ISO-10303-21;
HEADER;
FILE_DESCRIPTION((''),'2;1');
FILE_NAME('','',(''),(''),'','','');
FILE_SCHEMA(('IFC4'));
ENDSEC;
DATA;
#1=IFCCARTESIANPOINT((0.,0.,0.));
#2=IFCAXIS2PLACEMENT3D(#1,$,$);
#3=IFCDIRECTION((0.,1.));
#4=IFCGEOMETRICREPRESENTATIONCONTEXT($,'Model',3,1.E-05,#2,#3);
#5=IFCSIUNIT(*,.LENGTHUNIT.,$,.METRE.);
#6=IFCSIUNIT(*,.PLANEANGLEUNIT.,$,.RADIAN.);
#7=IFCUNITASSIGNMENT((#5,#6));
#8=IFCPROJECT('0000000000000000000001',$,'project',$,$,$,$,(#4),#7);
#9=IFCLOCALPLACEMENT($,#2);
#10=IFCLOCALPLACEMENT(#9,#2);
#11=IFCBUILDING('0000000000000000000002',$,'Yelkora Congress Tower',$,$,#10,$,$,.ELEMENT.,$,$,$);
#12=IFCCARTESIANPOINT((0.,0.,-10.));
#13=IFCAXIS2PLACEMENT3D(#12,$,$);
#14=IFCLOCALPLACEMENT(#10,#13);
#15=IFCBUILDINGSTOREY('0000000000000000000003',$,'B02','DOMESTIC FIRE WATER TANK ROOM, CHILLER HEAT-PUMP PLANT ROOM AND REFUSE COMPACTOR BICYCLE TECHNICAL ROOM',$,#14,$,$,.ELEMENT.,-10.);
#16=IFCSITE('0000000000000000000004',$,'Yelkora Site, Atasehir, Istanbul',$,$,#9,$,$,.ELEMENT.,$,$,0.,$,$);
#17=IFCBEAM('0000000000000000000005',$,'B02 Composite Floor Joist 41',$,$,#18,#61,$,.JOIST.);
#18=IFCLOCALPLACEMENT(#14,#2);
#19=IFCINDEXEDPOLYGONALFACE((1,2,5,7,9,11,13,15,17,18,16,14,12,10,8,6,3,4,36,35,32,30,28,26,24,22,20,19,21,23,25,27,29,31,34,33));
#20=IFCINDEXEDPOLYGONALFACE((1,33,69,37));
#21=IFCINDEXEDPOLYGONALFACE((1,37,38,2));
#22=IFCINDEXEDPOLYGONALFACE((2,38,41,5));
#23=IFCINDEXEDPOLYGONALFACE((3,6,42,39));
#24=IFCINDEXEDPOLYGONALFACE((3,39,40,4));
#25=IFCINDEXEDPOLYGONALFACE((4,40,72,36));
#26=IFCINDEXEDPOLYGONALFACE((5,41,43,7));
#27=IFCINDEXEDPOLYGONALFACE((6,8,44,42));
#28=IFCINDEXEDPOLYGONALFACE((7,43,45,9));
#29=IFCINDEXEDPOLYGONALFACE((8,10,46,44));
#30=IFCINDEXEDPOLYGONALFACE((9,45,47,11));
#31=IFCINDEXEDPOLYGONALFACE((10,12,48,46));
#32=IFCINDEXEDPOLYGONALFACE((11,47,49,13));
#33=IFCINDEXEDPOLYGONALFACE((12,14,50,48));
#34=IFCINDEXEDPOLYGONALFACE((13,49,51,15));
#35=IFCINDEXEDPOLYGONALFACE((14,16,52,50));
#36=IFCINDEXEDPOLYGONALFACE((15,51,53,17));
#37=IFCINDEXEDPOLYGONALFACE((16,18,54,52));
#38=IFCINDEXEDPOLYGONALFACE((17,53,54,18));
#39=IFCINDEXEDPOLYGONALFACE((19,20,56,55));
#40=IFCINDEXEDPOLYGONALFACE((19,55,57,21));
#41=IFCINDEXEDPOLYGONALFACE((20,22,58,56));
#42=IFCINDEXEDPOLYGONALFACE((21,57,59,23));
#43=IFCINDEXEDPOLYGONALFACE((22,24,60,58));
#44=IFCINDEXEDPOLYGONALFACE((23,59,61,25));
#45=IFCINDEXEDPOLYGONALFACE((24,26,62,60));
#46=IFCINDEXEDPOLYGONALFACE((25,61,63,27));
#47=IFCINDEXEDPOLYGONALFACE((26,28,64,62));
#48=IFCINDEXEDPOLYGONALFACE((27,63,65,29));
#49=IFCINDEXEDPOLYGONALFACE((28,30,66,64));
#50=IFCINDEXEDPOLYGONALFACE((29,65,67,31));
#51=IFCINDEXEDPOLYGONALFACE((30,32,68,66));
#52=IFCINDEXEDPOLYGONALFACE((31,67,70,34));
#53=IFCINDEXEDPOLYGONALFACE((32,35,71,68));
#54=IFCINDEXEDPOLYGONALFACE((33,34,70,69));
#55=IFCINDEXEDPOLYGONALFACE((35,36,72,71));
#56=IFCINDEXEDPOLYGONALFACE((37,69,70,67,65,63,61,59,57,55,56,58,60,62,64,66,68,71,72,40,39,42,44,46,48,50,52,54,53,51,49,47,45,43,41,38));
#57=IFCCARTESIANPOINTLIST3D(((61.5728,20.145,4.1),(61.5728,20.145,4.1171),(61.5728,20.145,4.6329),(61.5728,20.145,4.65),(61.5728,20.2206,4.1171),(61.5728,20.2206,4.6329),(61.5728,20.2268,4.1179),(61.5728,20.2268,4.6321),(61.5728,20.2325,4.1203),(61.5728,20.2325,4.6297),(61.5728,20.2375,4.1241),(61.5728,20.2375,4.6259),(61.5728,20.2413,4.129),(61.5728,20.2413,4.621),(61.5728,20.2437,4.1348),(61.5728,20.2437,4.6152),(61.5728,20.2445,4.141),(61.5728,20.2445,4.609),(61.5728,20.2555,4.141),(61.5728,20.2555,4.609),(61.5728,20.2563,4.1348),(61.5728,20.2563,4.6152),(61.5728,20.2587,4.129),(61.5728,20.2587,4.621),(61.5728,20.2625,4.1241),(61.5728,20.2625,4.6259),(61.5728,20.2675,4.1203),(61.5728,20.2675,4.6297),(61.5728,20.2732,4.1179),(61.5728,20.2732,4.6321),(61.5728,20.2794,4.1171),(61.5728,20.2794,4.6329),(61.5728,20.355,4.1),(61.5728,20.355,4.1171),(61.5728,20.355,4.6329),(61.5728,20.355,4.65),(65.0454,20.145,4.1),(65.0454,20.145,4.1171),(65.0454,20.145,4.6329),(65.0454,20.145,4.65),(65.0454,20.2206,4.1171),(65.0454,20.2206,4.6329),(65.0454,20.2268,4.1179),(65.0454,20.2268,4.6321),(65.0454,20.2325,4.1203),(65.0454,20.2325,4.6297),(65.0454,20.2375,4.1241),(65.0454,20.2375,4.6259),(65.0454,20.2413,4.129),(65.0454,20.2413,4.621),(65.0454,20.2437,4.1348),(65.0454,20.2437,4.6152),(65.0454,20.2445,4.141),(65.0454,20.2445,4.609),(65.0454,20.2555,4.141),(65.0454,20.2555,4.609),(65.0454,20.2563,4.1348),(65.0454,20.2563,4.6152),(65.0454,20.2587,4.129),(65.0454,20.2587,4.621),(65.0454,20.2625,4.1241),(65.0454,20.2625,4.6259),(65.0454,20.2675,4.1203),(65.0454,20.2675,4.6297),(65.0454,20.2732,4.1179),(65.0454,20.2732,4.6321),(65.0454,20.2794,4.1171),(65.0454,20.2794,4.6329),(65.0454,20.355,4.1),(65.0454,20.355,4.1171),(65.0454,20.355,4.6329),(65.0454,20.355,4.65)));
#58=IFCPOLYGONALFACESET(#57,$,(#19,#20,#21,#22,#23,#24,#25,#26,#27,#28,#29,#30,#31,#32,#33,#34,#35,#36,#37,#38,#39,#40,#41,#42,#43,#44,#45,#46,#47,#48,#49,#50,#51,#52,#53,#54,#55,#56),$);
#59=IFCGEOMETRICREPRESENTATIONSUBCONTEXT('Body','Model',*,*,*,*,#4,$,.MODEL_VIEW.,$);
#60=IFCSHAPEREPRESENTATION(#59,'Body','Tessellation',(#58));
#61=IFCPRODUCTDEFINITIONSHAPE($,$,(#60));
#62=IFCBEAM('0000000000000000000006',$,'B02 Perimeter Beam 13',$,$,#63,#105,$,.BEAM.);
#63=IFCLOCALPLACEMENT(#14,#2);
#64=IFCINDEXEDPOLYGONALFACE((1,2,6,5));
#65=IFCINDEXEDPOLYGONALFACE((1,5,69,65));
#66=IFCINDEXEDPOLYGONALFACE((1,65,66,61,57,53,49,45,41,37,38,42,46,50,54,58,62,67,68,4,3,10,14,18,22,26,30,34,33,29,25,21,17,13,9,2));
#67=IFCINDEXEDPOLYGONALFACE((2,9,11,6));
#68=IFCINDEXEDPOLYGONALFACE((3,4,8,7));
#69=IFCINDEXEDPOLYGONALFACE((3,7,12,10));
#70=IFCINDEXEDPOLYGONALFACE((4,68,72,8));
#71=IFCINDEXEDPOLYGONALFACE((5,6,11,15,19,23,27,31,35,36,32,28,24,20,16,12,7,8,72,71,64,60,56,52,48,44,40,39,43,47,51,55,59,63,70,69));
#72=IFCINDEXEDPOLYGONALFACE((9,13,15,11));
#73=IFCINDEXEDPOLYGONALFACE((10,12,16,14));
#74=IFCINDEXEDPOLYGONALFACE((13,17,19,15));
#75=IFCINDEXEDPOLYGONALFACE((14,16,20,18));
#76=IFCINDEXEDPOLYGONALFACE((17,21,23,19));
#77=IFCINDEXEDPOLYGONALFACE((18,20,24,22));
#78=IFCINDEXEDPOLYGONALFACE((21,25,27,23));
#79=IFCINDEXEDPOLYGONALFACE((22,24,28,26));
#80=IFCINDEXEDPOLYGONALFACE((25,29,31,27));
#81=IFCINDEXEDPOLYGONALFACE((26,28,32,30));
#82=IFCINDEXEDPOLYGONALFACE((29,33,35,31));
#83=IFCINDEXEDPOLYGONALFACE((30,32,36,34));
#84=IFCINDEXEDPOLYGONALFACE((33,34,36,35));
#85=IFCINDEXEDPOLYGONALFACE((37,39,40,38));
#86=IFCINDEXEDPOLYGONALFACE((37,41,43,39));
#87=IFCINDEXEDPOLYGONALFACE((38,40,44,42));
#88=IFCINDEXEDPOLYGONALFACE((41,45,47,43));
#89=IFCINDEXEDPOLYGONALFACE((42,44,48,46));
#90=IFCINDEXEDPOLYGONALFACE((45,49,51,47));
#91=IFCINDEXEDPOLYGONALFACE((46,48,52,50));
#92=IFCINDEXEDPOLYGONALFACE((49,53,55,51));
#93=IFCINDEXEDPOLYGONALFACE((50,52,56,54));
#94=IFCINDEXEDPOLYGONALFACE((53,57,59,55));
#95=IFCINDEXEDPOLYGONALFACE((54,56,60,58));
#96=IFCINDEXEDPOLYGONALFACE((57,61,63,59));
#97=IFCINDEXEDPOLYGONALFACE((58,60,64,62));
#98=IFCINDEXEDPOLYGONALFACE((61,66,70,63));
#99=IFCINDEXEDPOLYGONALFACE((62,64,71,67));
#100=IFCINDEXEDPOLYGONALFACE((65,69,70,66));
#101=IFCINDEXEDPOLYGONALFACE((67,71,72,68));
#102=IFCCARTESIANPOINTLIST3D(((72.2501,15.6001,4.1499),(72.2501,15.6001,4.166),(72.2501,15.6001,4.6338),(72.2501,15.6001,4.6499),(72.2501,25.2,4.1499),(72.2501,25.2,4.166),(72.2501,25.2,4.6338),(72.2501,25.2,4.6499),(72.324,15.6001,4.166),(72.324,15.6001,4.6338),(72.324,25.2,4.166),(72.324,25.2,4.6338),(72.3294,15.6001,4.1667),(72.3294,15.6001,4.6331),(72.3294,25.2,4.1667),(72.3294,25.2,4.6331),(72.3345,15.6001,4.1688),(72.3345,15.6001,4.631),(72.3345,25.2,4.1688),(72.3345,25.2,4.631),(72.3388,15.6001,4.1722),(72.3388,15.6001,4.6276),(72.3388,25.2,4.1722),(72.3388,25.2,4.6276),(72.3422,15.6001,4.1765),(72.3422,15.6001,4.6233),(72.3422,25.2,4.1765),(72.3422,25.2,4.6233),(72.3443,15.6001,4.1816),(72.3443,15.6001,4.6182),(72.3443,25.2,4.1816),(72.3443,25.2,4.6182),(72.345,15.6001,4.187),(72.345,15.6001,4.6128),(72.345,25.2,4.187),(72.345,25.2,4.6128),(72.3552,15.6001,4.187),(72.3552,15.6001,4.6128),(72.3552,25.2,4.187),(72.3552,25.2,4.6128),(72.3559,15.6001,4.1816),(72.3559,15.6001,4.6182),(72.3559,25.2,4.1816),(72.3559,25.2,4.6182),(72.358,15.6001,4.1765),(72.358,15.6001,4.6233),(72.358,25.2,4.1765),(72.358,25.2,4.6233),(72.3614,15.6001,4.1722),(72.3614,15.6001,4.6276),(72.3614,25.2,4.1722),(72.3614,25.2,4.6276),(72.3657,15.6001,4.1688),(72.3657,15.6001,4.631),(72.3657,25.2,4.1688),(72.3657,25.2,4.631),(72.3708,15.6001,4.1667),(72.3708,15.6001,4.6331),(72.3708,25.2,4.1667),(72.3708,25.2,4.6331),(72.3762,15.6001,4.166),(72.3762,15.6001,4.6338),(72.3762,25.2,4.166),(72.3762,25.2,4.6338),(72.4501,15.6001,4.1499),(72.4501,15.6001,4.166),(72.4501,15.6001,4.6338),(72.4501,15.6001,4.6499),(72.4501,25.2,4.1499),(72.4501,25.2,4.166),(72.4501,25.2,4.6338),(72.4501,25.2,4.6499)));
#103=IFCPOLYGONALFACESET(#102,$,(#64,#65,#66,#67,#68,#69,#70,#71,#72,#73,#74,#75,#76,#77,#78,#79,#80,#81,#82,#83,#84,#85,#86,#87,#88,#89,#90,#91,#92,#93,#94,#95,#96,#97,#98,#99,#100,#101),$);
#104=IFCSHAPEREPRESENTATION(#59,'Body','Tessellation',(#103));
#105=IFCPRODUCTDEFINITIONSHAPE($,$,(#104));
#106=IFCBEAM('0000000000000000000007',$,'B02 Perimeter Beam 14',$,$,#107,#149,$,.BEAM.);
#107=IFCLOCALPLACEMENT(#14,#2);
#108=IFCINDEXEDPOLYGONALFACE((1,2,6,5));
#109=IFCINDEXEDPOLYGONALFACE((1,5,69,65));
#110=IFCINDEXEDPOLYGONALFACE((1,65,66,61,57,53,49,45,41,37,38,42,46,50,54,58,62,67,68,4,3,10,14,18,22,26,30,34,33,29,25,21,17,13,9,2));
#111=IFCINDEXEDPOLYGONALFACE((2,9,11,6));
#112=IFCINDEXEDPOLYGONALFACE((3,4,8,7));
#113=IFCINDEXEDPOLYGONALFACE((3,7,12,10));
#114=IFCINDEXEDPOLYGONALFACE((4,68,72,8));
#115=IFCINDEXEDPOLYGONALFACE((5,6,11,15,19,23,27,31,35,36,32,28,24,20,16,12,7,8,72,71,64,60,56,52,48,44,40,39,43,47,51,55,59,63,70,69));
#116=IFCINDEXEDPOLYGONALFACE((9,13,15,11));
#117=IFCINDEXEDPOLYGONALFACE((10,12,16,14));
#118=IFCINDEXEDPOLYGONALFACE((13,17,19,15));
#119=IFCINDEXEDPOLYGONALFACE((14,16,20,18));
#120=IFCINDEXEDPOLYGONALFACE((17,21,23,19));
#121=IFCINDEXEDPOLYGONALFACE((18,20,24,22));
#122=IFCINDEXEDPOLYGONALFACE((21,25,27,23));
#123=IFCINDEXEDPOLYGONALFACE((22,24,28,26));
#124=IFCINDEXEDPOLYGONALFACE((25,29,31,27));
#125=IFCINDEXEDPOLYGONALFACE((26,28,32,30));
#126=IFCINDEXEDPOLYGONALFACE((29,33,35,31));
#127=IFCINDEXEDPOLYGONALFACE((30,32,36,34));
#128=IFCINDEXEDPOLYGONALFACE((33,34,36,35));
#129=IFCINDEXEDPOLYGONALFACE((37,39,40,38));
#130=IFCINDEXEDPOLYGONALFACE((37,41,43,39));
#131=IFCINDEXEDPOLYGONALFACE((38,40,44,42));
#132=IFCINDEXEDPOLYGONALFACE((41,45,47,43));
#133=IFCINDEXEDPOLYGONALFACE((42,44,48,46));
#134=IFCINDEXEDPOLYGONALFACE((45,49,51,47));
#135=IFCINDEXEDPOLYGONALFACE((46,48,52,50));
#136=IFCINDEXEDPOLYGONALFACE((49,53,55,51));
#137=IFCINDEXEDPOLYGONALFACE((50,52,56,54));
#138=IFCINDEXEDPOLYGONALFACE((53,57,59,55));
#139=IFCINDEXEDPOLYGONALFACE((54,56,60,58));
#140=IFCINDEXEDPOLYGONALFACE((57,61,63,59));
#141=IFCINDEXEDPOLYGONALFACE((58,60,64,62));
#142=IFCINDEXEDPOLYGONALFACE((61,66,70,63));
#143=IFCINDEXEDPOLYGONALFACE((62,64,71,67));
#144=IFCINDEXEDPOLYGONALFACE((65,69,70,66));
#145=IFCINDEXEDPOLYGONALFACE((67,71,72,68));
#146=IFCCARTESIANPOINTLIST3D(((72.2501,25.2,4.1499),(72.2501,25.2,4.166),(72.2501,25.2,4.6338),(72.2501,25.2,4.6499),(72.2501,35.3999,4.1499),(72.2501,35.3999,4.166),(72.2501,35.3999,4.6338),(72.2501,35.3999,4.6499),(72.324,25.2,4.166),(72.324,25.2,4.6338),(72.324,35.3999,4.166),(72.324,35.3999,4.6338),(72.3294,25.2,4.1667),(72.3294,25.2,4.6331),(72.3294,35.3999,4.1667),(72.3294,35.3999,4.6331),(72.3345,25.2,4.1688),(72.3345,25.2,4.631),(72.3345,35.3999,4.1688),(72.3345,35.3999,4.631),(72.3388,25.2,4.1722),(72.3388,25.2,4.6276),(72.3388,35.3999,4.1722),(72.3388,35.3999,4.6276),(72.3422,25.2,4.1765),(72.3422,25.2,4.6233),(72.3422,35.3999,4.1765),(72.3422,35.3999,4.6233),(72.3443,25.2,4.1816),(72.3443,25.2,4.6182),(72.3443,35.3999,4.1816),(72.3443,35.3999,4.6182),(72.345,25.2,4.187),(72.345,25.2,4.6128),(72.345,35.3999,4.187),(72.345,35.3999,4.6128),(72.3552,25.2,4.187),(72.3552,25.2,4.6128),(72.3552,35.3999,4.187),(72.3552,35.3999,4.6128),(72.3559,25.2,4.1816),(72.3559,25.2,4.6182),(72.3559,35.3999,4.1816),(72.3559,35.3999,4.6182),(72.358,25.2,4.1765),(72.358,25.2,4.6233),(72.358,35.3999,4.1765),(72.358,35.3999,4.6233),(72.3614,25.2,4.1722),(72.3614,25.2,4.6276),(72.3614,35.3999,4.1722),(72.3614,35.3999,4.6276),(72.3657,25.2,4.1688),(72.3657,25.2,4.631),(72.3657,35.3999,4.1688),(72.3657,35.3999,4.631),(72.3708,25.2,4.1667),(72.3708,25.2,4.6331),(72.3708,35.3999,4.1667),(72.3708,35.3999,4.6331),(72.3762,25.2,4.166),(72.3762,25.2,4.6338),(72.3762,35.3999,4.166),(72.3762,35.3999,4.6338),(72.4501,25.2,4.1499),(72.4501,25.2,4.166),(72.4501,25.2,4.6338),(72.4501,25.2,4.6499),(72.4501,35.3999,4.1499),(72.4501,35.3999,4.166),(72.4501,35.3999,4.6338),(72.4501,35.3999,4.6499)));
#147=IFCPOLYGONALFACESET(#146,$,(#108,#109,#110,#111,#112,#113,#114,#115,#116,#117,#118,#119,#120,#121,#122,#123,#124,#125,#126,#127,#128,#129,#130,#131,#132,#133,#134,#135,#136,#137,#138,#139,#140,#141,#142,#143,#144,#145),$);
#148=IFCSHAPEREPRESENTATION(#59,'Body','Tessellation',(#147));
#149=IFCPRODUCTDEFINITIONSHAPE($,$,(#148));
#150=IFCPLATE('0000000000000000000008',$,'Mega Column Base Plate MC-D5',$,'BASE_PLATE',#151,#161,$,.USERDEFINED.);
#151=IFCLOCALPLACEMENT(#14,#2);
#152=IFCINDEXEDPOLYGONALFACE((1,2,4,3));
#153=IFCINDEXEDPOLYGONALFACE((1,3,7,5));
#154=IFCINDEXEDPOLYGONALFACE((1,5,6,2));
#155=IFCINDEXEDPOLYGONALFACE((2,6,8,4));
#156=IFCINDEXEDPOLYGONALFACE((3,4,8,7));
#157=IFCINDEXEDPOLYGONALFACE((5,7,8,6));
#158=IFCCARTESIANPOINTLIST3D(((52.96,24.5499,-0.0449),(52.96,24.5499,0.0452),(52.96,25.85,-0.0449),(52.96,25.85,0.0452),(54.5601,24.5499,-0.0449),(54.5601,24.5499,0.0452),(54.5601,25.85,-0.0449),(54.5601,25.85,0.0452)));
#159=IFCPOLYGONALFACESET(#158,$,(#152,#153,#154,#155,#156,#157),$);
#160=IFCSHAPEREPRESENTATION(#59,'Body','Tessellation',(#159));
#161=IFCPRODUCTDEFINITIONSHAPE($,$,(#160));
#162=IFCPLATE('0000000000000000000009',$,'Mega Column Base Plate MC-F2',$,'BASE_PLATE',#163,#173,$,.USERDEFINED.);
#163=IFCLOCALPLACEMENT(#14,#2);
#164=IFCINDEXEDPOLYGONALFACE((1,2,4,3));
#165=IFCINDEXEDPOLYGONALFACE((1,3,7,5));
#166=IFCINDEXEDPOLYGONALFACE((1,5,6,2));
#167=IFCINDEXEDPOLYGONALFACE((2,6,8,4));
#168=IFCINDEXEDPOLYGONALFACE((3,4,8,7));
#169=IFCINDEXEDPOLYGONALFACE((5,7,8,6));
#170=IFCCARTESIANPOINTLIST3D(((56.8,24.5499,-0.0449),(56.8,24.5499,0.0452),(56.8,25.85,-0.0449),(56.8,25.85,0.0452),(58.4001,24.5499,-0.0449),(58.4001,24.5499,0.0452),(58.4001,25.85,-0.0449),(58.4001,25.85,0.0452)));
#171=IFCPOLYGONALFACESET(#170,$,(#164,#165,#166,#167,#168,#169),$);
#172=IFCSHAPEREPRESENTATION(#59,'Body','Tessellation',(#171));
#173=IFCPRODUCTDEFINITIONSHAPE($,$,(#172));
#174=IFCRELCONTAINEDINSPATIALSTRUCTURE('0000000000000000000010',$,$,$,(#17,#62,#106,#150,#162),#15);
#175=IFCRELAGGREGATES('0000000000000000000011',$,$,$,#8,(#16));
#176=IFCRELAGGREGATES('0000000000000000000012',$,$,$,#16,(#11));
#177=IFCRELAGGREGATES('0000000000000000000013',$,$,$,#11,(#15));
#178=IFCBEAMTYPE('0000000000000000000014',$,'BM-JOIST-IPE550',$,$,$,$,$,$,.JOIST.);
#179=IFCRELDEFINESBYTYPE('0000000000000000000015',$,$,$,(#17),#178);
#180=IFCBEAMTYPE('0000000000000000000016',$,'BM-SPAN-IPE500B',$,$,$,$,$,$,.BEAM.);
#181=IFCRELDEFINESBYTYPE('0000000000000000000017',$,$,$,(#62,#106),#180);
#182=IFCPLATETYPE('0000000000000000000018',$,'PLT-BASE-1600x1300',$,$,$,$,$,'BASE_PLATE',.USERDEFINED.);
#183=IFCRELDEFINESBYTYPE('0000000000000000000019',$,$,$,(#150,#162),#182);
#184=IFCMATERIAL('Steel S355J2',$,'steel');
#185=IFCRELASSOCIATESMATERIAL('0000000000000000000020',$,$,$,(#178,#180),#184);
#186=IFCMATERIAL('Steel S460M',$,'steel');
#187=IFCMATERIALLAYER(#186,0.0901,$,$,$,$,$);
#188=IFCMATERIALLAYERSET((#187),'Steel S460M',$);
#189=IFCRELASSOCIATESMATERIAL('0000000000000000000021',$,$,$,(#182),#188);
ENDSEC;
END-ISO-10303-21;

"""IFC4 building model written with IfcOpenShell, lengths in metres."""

from ifc_helpers import new_model, si_unit, direction, frame, origin, origin_2d, place, context, subcontext, project, spatial, rectangle, i_section, extrude, material, layer, layer_set, material_profile, profile_set, type_object, element, save


model = new_model("IFC4")

# Units and contexts
model_context = context("Model", 3, precision=1e-05, world=origin(), true_north=direction((0.0, 1.0)))
body_context = subcontext(model_context, "Body", "Model", "MODEL_VIEW")
ifc_project = project(units=[si_unit("LENGTHUNIT", "METRE"), si_unit("PLANEANGLEUNIT", "RADIAN")], contexts=[model_context])

# Site, building, storey
site_placement = place(None, origin())
site = spatial("IfcSite", under=ifc_project, at=site_placement, Name="Yelkora Site, Atasehir, Istanbul", CompositionType="ELEMENT", RefElevation=0.0)
building_placement = place(site_placement, origin())
building = spatial("IfcBuilding", under=site, at=building_placement, Name="Yelkora Congress Tower", CompositionType="ELEMENT")
storey_placement = place(building_placement, frame((0.0, 0.0, -10.0)))
storey = spatial("IfcBuildingStorey", under=building, at=storey_placement, Name="B02", Description="DOMESTIC FIRE WATER TANK ROOM, CHILLER HEAT-PUMP PLANT ROOM AND REFUSE COMPACTOR BICYCLE TECHNICAL ROOM", CompositionType="ELEMENT", Elevation=-10.0)

# Beams
ifc_material_1 = material(Name="Steel S355J2", Category="steel")
ifc_material_profile_1 = material_profile(ifc_material_1, i_section(OverallWidth=0.21, OverallDepth=0.55, WebThickness=0.011, FlangeThickness=0.0171, FilletRadius=0.0239, at=origin_2d()), Name="IPE 550")
ifc_profile_set_1 = profile_set([ifc_material_profile_1], Name="Steel S355J2")
beam_type_1 = type_object("IfcBeamType", Name="BM-JOIST-IPE550", PredefinedType="JOIST", material=ifc_profile_set_1)
beam_1_placement = place(storey_placement, frame((61.5728, 20.25, 4.375), z_axis=(1.0, 0.0, 0.0), x_axis=(0.0, 1.0, 0.0)))
element("IfcBeam", 1, at=beam_1_placement, inside=storey, type_object=beam_type_1, Name="B02 Composite Floor Joist 41", PredefinedType="JOIST", context=body_context, shape_type="SweptSolid", body=[
    extrude(i_section(OverallWidth=0.21, OverallDepth=0.55, WebThickness=0.011, FlangeThickness=0.0171, FilletRadius=0.0239, at=origin_2d()), origin(), (0.0, 0.0, 1.0), 3.4727),
])
ifc_material_profile_2 = material_profile(ifc_material_1, i_section(OverallWidth=0.2, OverallDepth=0.5, WebThickness=0.0103, FlangeThickness=0.0161, FilletRadius=0.021, at=origin_2d()), Name="IPE 500")
ifc_profile_set_2 = profile_set([ifc_material_profile_2], Name="Steel S355J2")
beam_type_2 = type_object("IfcBeamType", Name="BM-SPAN-IPE500B", PredefinedType="BEAM", material=ifc_profile_set_2)
beam_2_placement = place(storey_placement, frame((72.3501, 15.6001, 4.3999), z_axis=(0.0, 1.0, 0.0), x_axis=(-1.0, 0.0, 0.0)))
element("IfcBeam", 2, at=beam_2_placement, inside=storey, type_object=beam_type_2, Name="B02 Perimeter Beam 13", PredefinedType="BEAM", context=body_context, shape_type="SweptSolid", body=[
    extrude(i_section(OverallWidth=0.2, OverallDepth=0.5, WebThickness=0.0103, FlangeThickness=0.0161, FilletRadius=0.021, at=origin_2d()), origin(), (0.0, 0.0, 1.0), 9.5999),
])
beam_3_placement = place(storey_placement, frame((72.3501, 25.2, 4.3999), z_axis=(0.0, 1.0, 0.0), x_axis=(-1.0, 0.0, 0.0)))
element("IfcBeam", 3, at=beam_3_placement, inside=storey, type_object=beam_type_2, Name="B02 Perimeter Beam 14", PredefinedType="BEAM", context=body_context, shape_type="SweptSolid", body=[
    extrude(i_section(OverallWidth=0.2, OverallDepth=0.5, WebThickness=0.0103, FlangeThickness=0.0161, FilletRadius=0.021, at=origin_2d()), origin(), (0.0, 0.0, 1.0), 10.2),
])

# Plates
ifc_material_2 = material(Name="Steel S460M", Category="steel")
ifc_layer = layer(ifc_material_2, 0.0901)
ifc_layer_set = layer_set([ifc_layer], Name="Steel S460M")
plate_type = type_object("IfcPlateType", Name="PLT-BASE-1600x1300", ElementType="BASE_PLATE", PredefinedType="USERDEFINED", material=ifc_layer_set)
for number, where, z_axis, x_axis, name in (
    (4, (53.76, 25.2, -0.0449), (0.0, 0.0, 1.0), (1.0, 0.0, 0.0), "Mega Column Base Plate MC-D5"),
    (5, (57.6001, 25.2, -0.0449), (0.0, 0.0, 1.0), (1.0, 0.0, 0.0), "Mega Column Base Plate MC-F2"),
):
    element("IfcPlate", number, at=place(storey_placement, frame(where, z_axis=z_axis, x_axis=x_axis)), inside=storey, type_object=plate_type, Name=name, ObjectType="BASE_PLATE", PredefinedType="USERDEFINED", context=body_context, shape_type="SweptSolid", body=[
        extrude(rectangle(XDim=1.6001, YDim=1.3, at=origin_2d()), origin(), (0.0, 0.0, 1.0), 0.0901),
    ])

save(model, "model.ifc")
